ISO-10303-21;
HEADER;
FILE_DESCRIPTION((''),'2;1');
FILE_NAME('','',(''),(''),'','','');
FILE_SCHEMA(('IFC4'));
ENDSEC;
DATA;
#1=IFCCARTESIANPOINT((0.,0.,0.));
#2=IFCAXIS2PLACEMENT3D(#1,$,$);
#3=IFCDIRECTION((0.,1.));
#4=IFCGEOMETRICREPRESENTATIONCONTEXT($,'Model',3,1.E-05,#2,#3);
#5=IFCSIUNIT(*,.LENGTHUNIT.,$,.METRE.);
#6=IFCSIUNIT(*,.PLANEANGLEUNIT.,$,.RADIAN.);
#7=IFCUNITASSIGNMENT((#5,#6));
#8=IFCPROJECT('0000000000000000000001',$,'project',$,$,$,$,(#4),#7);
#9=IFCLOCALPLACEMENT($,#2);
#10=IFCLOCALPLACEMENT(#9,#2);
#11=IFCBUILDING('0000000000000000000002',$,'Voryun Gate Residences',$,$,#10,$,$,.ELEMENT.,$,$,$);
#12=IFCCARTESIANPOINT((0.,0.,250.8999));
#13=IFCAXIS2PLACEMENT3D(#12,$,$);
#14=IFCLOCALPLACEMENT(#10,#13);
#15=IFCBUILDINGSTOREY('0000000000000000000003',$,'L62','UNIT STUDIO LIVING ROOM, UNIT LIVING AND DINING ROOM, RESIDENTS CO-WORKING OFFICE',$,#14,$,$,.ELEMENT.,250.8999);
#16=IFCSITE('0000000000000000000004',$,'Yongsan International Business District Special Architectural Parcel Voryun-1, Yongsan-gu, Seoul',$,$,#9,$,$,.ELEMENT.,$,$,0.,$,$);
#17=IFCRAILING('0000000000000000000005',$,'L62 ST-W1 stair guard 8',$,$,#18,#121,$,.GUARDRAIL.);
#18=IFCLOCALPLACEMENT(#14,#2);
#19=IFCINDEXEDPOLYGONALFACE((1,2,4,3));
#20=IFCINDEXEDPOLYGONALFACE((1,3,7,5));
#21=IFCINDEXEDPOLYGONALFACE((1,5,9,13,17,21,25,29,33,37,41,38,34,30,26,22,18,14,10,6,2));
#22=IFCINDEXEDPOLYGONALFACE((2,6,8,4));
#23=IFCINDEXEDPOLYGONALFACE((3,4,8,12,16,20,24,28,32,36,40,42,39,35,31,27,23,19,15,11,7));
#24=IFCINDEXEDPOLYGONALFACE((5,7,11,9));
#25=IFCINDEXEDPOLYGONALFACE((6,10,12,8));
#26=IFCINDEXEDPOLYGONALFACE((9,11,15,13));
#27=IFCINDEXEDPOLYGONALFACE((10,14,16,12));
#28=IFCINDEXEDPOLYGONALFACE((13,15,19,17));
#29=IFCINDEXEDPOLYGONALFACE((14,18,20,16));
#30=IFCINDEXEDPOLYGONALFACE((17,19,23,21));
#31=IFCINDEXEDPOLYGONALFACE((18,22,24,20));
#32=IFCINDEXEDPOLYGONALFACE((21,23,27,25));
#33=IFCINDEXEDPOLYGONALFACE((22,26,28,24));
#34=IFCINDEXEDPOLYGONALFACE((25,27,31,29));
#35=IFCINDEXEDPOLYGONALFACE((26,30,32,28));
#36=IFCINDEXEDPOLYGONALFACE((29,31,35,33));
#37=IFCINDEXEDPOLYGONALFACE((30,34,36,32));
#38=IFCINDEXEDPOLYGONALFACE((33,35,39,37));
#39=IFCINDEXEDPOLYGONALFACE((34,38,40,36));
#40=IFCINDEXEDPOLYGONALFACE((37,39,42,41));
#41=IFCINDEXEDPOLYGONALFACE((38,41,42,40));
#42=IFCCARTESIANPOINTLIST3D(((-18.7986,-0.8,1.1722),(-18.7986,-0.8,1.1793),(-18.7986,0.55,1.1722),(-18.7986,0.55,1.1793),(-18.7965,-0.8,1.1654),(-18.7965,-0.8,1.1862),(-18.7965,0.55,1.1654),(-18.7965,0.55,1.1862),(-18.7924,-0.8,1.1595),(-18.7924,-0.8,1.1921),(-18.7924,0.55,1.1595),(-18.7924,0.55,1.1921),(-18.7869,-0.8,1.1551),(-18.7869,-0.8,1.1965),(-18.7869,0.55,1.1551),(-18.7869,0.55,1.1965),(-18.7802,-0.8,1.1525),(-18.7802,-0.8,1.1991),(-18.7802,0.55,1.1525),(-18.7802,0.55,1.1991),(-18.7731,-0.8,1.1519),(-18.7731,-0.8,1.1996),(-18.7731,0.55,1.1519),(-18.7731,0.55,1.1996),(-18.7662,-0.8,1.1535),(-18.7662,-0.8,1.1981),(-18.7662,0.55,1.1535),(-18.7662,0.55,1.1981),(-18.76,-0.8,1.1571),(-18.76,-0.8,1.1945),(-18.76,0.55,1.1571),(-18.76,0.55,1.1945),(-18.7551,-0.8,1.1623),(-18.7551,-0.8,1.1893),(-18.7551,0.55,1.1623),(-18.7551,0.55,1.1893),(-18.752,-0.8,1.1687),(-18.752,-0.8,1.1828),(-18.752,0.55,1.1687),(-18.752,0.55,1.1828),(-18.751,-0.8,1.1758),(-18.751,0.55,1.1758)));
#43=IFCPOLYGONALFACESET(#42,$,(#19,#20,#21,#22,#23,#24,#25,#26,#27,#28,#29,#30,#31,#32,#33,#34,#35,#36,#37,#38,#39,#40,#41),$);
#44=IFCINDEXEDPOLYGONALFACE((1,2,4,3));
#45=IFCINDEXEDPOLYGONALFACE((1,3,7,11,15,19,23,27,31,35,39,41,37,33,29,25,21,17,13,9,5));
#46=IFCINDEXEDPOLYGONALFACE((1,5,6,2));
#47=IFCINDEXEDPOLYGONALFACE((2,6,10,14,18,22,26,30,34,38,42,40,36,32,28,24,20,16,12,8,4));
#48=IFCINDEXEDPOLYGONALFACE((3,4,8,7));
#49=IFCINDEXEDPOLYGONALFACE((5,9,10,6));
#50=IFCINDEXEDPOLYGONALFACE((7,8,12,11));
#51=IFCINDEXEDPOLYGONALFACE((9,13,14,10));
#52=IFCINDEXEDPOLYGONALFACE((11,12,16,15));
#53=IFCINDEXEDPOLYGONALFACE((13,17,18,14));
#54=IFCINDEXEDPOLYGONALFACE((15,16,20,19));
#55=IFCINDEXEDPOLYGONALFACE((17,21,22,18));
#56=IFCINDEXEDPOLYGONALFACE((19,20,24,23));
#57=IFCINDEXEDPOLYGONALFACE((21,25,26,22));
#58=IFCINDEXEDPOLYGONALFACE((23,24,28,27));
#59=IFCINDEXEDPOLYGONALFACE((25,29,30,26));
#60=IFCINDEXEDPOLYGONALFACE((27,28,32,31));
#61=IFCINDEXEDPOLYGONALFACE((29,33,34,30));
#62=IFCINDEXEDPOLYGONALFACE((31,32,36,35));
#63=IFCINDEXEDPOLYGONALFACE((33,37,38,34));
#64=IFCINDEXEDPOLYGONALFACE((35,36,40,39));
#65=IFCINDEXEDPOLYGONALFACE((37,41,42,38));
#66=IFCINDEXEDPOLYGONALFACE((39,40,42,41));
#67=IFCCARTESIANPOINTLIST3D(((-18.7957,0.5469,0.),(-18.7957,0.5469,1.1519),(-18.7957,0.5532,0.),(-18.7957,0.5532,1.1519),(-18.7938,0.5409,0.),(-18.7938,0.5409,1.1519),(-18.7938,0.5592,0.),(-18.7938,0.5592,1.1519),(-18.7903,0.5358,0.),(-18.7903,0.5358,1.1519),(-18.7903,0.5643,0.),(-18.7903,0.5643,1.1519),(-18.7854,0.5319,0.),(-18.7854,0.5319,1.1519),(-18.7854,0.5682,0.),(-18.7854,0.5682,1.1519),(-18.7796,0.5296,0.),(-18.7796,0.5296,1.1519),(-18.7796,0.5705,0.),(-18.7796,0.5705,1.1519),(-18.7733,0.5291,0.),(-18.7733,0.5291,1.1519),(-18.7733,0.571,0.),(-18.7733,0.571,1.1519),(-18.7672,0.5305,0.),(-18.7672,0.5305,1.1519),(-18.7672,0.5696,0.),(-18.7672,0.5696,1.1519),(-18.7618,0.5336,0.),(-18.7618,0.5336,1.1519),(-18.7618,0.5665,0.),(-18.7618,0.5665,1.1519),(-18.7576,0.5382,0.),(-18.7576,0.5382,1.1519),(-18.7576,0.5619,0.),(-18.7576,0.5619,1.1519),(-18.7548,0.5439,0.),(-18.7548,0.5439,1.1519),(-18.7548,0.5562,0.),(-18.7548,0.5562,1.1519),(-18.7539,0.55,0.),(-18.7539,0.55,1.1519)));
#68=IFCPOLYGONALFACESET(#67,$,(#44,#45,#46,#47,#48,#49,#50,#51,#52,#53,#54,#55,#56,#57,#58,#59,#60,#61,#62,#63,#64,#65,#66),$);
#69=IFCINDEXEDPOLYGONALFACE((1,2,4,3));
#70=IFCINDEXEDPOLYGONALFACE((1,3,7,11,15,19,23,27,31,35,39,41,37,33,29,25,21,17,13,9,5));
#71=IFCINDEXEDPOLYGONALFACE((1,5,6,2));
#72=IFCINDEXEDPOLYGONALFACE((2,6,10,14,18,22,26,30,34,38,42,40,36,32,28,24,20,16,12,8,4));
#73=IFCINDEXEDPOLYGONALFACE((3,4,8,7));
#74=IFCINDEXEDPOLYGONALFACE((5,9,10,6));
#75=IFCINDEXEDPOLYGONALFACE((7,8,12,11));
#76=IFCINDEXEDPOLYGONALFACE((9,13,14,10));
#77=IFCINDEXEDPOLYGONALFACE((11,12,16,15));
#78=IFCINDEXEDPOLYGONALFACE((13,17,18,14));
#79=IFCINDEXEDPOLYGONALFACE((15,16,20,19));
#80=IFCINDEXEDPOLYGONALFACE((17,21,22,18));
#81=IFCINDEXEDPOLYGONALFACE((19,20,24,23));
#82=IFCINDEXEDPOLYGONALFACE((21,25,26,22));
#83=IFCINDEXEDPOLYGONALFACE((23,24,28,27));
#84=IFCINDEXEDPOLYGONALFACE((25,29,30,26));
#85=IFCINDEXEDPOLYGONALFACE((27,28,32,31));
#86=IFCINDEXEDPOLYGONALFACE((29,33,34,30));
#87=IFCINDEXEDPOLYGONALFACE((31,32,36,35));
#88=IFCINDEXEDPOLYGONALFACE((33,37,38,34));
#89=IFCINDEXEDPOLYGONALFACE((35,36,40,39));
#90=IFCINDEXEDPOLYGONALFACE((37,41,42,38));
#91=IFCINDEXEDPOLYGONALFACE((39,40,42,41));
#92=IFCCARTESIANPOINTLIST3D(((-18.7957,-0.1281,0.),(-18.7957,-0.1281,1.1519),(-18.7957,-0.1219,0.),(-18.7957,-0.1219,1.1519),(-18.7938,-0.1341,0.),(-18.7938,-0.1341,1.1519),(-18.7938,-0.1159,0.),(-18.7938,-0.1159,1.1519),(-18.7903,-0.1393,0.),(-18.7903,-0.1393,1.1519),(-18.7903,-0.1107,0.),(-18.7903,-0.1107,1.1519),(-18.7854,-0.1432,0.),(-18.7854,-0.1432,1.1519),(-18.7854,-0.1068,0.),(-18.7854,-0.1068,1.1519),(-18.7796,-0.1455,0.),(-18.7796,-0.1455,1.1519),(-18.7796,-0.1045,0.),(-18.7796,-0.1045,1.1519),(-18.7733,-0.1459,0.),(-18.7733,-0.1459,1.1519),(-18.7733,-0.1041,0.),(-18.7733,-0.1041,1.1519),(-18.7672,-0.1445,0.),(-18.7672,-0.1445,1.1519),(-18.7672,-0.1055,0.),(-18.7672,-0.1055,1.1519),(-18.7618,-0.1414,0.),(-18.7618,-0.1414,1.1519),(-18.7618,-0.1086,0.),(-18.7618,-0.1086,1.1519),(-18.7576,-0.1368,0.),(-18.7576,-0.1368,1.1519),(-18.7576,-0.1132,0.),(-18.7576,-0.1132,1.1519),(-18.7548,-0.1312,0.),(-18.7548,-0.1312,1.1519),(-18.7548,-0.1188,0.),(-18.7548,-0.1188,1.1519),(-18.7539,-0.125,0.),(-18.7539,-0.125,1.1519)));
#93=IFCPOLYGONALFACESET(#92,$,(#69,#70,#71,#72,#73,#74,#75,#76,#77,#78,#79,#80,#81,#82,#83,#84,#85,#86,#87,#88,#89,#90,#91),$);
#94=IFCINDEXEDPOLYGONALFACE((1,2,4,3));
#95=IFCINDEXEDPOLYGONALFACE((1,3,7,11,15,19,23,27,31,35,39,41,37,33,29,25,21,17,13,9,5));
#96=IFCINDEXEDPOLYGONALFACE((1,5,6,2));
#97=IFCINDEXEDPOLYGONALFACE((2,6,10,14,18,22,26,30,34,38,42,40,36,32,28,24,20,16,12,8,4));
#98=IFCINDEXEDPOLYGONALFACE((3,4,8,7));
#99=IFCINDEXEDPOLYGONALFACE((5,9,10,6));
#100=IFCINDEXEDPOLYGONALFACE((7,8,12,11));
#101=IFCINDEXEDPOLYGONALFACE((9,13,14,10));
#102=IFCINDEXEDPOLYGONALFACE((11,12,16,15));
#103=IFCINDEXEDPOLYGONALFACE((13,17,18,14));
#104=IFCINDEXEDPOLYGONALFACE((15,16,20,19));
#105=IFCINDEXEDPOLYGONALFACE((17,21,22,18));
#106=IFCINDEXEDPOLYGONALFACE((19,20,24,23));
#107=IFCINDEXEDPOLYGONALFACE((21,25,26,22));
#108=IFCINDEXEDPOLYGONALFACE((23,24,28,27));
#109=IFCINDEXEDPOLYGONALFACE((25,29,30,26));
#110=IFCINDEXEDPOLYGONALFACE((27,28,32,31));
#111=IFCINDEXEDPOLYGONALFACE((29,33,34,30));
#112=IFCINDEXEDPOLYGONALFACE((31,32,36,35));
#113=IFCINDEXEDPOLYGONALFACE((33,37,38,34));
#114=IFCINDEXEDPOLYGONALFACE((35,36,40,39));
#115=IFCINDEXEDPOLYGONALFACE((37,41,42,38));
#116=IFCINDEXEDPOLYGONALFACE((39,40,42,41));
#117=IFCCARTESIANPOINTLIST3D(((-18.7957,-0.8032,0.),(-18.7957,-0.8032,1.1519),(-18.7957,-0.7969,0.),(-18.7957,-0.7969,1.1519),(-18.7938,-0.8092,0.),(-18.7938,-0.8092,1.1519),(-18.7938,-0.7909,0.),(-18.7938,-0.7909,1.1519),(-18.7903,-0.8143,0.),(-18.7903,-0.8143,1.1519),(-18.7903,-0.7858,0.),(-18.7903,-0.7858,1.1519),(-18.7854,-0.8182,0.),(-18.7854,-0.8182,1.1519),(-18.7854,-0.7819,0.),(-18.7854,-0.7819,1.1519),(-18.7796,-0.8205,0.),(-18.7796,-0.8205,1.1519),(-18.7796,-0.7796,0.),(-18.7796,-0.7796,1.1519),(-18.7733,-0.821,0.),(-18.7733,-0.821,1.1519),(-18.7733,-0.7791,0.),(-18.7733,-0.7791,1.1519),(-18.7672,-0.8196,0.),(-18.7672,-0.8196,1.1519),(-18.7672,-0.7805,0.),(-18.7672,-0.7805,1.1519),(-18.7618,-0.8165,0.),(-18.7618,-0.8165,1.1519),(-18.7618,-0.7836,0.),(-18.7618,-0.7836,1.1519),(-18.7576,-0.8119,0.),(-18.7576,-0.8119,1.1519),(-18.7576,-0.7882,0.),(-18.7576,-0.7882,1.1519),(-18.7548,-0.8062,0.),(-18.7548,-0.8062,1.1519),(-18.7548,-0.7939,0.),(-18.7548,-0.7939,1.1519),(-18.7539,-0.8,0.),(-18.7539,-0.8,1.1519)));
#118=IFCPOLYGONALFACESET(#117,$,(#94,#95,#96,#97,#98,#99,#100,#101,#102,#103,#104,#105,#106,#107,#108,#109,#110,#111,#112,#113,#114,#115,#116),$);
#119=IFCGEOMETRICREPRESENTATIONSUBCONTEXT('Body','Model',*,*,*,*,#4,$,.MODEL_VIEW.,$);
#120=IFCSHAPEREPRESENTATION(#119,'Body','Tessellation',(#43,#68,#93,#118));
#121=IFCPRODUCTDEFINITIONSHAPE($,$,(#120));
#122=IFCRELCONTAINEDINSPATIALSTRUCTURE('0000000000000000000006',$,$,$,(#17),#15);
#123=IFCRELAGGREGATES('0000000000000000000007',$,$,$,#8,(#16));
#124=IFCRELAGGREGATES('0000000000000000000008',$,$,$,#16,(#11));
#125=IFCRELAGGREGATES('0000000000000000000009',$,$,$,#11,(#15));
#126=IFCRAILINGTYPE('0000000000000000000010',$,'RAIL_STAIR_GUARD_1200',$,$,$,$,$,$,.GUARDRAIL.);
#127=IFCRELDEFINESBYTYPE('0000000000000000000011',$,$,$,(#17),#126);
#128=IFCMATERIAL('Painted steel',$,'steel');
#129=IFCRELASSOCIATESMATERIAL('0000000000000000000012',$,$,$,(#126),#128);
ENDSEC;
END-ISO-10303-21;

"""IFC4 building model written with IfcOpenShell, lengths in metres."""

from ifc_helpers import new_model, si_unit, direction, frame, origin, origin_2d, place, context, subcontext, project, spatial, circle, extrude, material, type_object, element, save


model = new_model("IFC4")

# Units and contexts
model_context = context("Model", 3, precision=1e-05, world=origin(), true_north=direction((0.0, 1.0)))
body_context = subcontext(model_context, "Body", "Model", "MODEL_VIEW")
ifc_project = project(units=[si_unit("LENGTHUNIT", "METRE"), si_unit("PLANEANGLEUNIT", "RADIAN")], contexts=[model_context])

# Site, building, storey
site_placement = place(None, origin())
site = spatial("IfcSite", under=ifc_project, at=site_placement, Name="Yongsan International Business District Special Architectural Parcel Voryun-1, Yongsan-gu, Seoul", CompositionType="ELEMENT", RefElevation=0.0)
building_placement = place(site_placement, origin())
building = spatial("IfcBuilding", under=site, at=building_placement, Name="Voryun Gate Residences", CompositionType="ELEMENT")
storey_placement = place(building_placement, frame((0.0, 0.0, 250.8999)))
storey = spatial("IfcBuildingStorey", under=building, at=storey_placement, Name="L62", Description="UNIT STUDIO LIVING ROOM, UNIT LIVING AND DINING ROOM, RESIDENTS CO-WORKING OFFICE", CompositionType="ELEMENT", Elevation=250.8999)

# Railing
ifc_material_1 = material(Name="Painted steel", Category="steel")
railing_type = type_object("IfcRailingType", Name="RAIL_STAIR_GUARD_1200", PredefinedType="GUARDRAIL", material=ifc_material_1)
railing_1_placement = place(storey_placement, frame((-18.7749, 0.55, 0.0)))
element("IfcRailing", 1, at=railing_1_placement, inside=storey, type_object=railing_type, Name="L62 ST-W1 stair guard 8", PredefinedType="GUARDRAIL", context=body_context, shape_type="SweptSolid", body=[
    extrude(circle(Radius=0.0239, at=origin_2d()), frame((0.0, 0.0, 1.1758), z_axis=(0.0, -1.0, 0.0), x_axis=(1.0, 0.0, 0.0)), (0.0, 0.0, 1.0), 1.3501),
    extrude(circle(Radius=0.021, at=origin_2d()), origin(), (0.0, 0.0, 1.0), 1.1519),
    extrude(circle(Radius=0.021, at=origin_2d()), frame((0.0, -0.675, 0.0)), (0.0, 0.0, 1.0), 1.1519),
    extrude(circle(Radius=0.021, at=origin_2d()), frame((0.0, -1.3501, 0.0)), (0.0, 0.0, 1.0), 1.1519),
])

save(model, "model.ifc")
